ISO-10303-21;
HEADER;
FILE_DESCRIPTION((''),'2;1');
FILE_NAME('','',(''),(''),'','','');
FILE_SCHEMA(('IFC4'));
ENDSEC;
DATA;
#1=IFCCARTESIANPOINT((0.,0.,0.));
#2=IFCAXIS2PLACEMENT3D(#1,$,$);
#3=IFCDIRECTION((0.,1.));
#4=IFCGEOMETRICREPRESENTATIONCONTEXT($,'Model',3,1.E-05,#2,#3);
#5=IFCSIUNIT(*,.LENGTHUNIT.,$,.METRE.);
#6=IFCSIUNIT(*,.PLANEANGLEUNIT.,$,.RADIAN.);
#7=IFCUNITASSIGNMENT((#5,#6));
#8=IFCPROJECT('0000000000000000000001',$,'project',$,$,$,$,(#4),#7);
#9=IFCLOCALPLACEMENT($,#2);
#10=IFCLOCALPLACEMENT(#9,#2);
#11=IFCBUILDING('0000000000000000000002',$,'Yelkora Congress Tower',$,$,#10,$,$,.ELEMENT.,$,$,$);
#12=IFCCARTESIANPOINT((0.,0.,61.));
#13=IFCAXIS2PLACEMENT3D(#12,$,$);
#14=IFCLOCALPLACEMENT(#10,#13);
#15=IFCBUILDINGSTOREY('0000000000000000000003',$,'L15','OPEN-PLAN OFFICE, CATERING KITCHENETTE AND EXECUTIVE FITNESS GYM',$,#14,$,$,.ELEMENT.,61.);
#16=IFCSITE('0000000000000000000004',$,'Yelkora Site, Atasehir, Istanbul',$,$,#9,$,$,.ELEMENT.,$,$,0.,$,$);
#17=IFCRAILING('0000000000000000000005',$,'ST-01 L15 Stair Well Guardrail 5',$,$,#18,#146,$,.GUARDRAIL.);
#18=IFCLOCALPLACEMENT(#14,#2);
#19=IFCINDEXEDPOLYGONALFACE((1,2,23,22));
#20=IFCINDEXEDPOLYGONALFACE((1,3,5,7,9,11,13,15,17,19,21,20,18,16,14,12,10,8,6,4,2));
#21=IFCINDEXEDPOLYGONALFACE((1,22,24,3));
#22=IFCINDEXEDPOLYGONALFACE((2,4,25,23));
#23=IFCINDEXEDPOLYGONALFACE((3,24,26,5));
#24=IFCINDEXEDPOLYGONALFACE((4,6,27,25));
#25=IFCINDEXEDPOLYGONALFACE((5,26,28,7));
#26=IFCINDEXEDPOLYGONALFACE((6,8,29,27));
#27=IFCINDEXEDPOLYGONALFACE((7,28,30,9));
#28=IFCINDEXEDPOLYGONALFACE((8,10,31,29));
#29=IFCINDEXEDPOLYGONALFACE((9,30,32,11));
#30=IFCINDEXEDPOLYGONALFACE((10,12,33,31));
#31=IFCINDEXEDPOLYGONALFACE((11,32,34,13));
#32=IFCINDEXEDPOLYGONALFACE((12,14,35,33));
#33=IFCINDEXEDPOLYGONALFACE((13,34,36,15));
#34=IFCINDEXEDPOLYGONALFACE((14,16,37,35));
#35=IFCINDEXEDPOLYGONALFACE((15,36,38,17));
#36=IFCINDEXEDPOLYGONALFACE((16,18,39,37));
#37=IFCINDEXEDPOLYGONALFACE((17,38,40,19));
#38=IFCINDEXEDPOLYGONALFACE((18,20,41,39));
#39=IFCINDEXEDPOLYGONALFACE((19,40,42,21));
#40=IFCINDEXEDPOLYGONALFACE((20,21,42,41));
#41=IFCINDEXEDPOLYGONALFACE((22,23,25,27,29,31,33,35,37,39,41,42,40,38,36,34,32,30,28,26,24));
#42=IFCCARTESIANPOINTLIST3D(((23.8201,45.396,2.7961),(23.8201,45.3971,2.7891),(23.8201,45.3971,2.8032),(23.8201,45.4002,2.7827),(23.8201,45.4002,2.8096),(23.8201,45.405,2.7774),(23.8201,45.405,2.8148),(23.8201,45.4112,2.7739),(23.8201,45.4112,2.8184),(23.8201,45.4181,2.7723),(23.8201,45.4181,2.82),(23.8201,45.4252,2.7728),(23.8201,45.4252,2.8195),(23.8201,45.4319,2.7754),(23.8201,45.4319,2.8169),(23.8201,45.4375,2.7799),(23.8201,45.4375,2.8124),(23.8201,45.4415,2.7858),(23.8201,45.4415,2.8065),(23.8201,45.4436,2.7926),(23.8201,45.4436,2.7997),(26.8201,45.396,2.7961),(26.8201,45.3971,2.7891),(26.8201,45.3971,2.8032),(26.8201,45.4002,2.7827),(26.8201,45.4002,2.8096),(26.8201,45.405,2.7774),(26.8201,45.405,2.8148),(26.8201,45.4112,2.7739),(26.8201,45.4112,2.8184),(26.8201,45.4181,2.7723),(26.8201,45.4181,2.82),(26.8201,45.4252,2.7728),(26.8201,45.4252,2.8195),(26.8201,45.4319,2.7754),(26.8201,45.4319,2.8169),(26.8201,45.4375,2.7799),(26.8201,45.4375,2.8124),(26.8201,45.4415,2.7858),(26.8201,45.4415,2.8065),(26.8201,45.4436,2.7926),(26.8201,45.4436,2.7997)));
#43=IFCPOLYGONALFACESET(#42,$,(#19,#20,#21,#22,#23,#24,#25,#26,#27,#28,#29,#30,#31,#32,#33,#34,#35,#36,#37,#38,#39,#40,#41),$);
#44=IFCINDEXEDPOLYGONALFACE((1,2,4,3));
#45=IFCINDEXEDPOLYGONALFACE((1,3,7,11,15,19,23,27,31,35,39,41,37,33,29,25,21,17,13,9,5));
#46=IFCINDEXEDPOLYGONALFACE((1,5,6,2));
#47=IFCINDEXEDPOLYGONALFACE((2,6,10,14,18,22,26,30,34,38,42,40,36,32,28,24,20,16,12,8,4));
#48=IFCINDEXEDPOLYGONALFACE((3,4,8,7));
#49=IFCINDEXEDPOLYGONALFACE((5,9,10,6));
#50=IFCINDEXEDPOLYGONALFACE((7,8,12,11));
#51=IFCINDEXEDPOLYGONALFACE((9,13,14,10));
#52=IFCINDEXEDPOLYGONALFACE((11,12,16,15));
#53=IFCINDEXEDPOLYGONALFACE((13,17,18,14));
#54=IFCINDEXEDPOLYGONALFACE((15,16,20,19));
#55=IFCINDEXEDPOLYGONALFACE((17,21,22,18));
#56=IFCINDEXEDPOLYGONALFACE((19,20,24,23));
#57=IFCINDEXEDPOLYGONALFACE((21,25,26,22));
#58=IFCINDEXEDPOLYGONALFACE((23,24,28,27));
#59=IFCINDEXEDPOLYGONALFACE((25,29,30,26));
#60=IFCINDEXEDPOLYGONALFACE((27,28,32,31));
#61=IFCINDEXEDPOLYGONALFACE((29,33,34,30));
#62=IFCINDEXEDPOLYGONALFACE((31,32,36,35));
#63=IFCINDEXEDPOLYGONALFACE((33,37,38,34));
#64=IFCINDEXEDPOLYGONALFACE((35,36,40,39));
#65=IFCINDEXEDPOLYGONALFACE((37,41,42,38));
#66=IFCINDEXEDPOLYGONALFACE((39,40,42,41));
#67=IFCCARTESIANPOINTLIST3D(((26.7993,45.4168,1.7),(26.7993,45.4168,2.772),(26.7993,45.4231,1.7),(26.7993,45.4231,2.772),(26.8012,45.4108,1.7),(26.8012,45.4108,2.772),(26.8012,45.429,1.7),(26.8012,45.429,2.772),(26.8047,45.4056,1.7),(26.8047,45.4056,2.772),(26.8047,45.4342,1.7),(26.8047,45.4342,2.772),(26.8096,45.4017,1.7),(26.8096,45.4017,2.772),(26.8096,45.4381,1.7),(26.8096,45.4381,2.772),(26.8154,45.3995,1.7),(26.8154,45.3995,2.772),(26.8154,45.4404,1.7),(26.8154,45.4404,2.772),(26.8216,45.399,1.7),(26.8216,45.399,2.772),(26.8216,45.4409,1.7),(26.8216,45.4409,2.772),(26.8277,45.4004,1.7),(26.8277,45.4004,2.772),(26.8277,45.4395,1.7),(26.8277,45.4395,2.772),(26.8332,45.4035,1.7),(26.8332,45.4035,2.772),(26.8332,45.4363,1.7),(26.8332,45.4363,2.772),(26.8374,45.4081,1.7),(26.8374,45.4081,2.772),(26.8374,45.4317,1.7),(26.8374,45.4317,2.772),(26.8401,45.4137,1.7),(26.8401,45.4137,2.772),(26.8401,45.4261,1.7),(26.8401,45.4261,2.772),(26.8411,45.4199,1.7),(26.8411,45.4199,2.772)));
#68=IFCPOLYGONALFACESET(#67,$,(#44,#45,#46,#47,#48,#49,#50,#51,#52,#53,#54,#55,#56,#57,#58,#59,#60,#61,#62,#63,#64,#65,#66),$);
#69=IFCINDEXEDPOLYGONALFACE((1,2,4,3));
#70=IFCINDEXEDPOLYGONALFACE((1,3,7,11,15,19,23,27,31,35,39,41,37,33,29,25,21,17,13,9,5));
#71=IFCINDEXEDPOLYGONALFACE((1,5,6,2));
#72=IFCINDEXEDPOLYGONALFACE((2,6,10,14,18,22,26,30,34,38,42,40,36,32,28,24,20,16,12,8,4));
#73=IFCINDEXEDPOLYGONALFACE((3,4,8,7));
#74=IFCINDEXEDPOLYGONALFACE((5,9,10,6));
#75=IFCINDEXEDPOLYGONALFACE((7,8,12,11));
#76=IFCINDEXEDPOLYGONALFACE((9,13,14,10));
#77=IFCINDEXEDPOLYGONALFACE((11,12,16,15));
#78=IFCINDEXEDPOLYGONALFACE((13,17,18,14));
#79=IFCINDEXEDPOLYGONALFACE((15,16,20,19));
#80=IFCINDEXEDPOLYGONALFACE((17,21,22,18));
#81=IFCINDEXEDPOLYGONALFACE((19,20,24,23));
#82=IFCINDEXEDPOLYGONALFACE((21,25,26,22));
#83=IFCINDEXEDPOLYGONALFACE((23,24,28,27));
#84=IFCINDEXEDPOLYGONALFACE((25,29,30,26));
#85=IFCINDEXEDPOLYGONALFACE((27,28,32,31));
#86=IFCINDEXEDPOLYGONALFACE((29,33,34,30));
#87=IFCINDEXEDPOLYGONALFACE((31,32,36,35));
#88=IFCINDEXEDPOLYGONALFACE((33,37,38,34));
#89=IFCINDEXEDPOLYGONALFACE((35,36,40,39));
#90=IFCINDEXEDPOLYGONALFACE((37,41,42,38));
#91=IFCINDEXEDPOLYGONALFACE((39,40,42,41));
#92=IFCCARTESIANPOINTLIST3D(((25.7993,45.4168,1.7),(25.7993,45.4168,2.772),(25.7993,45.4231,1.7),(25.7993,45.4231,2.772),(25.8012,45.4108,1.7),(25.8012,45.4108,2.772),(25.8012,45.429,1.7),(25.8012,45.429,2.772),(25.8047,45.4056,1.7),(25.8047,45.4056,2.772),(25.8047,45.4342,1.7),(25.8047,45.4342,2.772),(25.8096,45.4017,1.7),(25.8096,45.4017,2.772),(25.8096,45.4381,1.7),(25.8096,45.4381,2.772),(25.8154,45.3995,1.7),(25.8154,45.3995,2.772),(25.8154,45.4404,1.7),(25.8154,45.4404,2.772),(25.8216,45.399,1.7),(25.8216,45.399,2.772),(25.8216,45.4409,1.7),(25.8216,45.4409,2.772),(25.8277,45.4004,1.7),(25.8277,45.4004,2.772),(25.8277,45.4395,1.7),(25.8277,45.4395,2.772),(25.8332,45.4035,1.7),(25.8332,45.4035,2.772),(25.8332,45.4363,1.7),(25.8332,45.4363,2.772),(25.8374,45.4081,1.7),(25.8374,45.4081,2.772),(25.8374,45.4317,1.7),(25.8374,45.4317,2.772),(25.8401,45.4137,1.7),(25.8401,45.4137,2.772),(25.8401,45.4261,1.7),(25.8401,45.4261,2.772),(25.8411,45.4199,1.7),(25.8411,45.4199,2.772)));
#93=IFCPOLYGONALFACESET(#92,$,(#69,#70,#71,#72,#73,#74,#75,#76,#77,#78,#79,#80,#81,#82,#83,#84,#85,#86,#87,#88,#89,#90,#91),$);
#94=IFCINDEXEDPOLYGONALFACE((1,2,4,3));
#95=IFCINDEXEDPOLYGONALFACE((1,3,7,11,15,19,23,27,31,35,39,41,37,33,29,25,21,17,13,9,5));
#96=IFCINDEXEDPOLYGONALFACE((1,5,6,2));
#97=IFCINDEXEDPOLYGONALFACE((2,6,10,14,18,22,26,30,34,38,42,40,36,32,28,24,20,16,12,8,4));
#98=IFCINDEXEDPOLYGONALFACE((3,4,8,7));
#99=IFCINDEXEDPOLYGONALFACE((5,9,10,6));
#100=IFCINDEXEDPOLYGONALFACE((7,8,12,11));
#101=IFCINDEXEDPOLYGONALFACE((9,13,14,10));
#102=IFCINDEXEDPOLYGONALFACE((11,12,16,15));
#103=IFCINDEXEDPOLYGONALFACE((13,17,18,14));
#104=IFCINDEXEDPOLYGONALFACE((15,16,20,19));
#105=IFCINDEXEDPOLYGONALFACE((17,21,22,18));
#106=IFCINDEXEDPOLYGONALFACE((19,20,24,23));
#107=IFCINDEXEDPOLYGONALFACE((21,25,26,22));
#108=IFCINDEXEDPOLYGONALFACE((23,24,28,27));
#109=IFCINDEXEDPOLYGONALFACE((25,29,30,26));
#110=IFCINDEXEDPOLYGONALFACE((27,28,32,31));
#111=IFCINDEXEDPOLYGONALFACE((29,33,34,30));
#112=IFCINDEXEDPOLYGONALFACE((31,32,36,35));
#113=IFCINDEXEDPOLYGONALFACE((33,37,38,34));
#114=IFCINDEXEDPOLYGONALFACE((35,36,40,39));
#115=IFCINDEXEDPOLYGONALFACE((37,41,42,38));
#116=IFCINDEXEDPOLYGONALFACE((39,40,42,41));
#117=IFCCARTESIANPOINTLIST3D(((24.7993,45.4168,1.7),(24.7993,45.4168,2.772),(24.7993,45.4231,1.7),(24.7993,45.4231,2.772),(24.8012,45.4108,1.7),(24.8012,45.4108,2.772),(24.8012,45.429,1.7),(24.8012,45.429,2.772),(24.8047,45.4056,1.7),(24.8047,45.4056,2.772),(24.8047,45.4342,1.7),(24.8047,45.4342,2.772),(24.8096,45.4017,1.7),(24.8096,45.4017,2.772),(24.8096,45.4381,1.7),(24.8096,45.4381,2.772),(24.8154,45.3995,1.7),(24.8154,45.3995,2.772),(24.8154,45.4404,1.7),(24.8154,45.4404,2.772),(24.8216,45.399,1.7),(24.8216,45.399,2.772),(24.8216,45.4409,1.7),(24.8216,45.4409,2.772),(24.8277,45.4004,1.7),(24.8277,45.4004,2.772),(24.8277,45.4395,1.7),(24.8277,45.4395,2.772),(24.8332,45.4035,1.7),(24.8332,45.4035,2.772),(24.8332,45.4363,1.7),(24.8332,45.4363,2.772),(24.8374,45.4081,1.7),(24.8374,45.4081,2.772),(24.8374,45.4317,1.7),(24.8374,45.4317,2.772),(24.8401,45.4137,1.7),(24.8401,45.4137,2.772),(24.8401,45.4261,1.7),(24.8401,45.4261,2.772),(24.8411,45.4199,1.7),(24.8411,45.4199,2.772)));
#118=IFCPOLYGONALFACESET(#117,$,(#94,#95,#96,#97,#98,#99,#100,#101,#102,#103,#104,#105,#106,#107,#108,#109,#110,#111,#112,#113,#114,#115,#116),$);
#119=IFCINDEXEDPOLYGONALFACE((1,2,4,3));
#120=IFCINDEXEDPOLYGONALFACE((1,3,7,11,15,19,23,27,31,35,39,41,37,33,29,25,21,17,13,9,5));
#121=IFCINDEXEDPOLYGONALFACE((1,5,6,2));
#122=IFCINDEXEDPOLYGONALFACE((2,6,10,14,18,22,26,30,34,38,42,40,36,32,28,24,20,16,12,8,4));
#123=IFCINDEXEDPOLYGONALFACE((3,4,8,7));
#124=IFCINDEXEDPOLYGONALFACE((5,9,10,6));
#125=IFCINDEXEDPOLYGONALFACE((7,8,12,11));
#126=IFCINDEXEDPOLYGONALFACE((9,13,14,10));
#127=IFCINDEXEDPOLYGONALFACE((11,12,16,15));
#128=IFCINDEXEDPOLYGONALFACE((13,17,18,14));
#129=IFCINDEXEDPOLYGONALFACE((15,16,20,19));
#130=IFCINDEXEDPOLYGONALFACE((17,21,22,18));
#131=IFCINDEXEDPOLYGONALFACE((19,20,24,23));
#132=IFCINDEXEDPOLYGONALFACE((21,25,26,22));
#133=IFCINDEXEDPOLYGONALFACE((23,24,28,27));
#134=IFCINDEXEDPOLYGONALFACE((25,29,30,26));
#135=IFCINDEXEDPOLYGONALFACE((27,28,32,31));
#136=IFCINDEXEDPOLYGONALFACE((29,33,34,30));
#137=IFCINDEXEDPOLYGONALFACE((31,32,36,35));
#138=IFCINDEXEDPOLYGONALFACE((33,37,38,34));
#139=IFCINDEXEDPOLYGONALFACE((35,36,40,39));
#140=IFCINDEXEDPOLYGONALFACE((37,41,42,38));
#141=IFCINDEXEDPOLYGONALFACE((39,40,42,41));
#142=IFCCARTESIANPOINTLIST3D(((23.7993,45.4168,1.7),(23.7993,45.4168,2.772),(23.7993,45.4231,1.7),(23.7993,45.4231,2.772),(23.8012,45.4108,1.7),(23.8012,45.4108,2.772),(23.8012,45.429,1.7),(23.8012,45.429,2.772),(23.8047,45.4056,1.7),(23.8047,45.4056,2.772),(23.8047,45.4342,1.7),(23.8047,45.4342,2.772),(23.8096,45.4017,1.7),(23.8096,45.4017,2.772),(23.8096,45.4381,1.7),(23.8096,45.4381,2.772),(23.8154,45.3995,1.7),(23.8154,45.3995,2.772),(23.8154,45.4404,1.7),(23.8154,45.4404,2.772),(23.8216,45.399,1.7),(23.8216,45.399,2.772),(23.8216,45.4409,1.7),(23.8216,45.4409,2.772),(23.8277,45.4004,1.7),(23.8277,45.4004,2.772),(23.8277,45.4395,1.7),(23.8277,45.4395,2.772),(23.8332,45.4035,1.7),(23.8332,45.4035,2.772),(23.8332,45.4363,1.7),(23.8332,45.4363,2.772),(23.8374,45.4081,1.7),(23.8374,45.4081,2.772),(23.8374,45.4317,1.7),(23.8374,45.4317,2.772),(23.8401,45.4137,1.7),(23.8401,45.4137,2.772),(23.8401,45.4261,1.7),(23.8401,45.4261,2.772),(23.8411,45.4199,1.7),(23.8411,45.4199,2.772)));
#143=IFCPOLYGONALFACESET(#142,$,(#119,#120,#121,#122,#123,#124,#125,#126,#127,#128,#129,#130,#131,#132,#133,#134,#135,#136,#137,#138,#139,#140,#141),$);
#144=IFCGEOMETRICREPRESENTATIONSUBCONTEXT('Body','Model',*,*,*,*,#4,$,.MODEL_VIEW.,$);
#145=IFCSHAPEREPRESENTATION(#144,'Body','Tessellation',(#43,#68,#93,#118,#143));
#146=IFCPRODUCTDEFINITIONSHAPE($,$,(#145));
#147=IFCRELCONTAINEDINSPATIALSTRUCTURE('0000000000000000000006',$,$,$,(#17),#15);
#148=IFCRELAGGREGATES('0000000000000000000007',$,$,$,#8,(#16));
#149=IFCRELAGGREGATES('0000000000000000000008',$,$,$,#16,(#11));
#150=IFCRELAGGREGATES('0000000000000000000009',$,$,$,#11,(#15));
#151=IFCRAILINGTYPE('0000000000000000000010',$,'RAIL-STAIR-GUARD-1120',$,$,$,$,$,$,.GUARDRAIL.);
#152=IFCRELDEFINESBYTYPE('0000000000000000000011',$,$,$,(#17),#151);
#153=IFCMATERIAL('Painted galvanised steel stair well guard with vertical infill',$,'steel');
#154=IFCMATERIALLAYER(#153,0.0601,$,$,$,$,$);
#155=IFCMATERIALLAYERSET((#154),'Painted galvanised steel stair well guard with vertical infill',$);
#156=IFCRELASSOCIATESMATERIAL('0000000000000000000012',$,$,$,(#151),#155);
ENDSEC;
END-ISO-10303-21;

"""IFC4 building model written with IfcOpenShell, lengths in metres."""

from ifc_helpers import new_model, si_unit, direction, frame, origin, origin_2d, place, context, subcontext, project, spatial, circle, extrude, material, layer, layer_set, type_object, element, save


model = new_model("IFC4")

# Units and contexts
model_context = context("Model", 3, precision=1e-05, world=origin(), true_north=direction((0.0, 1.0)))
body_context = subcontext(model_context, "Body", "Model", "MODEL_VIEW")
ifc_project = project(units=[si_unit("LENGTHUNIT", "METRE"), si_unit("PLANEANGLEUNIT", "RADIAN")], contexts=[model_context])

# Site, building, storey
site_placement = place(None, origin())
site = spatial("IfcSite", under=ifc_project, at=site_placement, Name="Yelkora Site, Atasehir, Istanbul", CompositionType="ELEMENT", RefElevation=0.0)
building_placement = place(site_placement, origin())
building = spatial("IfcBuilding", under=site, at=building_placement, Name="Yelkora Congress Tower", CompositionType="ELEMENT")
storey_placement = place(building_placement, frame((0.0, 0.0, 61.0)))
storey = spatial("IfcBuildingStorey", under=building, at=storey_placement, Name="L15", Description="OPEN-PLAN OFFICE, CATERING KITCHENETTE AND EXECUTIVE FITNESS GYM", CompositionType="ELEMENT", Elevation=61.0)

# Railing
ifc_material_1 = material(Name="Painted galvanised steel stair well guard with vertical infill", Category="steel")
ifc_layer_1 = layer(ifc_material_1, 0.0601)
ifc_layer_set_1 = layer_set([ifc_layer_1], Name="Painted galvanised steel stair well guard with vertical infill")
railing_type_1 = type_object("IfcRailingType", Name="RAIL-STAIR-GUARD-1120", PredefinedType="GUARDRAIL", material=ifc_layer_set_1)
railing_1_placement = place(storey_placement, frame((26.8201, 45.4199, 1.7)))
element("IfcRailing", 1, at=railing_1_placement, inside=storey, type_object=railing_type_1, Name="ST-01 L15 Stair Well Guardrail 5", PredefinedType="GUARDRAIL", context=body_context, shape_type="SweptSolid", body=[
    extrude(circle(Radius=0.0239, at=origin_2d()), frame((0.0, 0.0, 1.0962), z_axis=(-1.0, 0.0, 0.0), x_axis=(0.0, -1.0, 0.0)), (0.0, 0.0, 1.0), 3.0),
    extrude(circle(Radius=0.021, at=origin_2d()), origin(), (0.0, 0.0, 1.0), 1.072),
    extrude(circle(Radius=0.021, at=origin_2d()), frame((-1.0, 0.0, 0.0)), (0.0, 0.0, 1.0), 1.072),
    extrude(circle(Radius=0.021, at=origin_2d()), frame((-2.0, 0.0, 0.0)), (0.0, 0.0, 1.0), 1.072),
    extrude(circle(Radius=0.021, at=origin_2d()), frame((-3.0, 0.0, 0.0)), (0.0, 0.0, 1.0), 1.072),
])

save(model, "model.ifc")
